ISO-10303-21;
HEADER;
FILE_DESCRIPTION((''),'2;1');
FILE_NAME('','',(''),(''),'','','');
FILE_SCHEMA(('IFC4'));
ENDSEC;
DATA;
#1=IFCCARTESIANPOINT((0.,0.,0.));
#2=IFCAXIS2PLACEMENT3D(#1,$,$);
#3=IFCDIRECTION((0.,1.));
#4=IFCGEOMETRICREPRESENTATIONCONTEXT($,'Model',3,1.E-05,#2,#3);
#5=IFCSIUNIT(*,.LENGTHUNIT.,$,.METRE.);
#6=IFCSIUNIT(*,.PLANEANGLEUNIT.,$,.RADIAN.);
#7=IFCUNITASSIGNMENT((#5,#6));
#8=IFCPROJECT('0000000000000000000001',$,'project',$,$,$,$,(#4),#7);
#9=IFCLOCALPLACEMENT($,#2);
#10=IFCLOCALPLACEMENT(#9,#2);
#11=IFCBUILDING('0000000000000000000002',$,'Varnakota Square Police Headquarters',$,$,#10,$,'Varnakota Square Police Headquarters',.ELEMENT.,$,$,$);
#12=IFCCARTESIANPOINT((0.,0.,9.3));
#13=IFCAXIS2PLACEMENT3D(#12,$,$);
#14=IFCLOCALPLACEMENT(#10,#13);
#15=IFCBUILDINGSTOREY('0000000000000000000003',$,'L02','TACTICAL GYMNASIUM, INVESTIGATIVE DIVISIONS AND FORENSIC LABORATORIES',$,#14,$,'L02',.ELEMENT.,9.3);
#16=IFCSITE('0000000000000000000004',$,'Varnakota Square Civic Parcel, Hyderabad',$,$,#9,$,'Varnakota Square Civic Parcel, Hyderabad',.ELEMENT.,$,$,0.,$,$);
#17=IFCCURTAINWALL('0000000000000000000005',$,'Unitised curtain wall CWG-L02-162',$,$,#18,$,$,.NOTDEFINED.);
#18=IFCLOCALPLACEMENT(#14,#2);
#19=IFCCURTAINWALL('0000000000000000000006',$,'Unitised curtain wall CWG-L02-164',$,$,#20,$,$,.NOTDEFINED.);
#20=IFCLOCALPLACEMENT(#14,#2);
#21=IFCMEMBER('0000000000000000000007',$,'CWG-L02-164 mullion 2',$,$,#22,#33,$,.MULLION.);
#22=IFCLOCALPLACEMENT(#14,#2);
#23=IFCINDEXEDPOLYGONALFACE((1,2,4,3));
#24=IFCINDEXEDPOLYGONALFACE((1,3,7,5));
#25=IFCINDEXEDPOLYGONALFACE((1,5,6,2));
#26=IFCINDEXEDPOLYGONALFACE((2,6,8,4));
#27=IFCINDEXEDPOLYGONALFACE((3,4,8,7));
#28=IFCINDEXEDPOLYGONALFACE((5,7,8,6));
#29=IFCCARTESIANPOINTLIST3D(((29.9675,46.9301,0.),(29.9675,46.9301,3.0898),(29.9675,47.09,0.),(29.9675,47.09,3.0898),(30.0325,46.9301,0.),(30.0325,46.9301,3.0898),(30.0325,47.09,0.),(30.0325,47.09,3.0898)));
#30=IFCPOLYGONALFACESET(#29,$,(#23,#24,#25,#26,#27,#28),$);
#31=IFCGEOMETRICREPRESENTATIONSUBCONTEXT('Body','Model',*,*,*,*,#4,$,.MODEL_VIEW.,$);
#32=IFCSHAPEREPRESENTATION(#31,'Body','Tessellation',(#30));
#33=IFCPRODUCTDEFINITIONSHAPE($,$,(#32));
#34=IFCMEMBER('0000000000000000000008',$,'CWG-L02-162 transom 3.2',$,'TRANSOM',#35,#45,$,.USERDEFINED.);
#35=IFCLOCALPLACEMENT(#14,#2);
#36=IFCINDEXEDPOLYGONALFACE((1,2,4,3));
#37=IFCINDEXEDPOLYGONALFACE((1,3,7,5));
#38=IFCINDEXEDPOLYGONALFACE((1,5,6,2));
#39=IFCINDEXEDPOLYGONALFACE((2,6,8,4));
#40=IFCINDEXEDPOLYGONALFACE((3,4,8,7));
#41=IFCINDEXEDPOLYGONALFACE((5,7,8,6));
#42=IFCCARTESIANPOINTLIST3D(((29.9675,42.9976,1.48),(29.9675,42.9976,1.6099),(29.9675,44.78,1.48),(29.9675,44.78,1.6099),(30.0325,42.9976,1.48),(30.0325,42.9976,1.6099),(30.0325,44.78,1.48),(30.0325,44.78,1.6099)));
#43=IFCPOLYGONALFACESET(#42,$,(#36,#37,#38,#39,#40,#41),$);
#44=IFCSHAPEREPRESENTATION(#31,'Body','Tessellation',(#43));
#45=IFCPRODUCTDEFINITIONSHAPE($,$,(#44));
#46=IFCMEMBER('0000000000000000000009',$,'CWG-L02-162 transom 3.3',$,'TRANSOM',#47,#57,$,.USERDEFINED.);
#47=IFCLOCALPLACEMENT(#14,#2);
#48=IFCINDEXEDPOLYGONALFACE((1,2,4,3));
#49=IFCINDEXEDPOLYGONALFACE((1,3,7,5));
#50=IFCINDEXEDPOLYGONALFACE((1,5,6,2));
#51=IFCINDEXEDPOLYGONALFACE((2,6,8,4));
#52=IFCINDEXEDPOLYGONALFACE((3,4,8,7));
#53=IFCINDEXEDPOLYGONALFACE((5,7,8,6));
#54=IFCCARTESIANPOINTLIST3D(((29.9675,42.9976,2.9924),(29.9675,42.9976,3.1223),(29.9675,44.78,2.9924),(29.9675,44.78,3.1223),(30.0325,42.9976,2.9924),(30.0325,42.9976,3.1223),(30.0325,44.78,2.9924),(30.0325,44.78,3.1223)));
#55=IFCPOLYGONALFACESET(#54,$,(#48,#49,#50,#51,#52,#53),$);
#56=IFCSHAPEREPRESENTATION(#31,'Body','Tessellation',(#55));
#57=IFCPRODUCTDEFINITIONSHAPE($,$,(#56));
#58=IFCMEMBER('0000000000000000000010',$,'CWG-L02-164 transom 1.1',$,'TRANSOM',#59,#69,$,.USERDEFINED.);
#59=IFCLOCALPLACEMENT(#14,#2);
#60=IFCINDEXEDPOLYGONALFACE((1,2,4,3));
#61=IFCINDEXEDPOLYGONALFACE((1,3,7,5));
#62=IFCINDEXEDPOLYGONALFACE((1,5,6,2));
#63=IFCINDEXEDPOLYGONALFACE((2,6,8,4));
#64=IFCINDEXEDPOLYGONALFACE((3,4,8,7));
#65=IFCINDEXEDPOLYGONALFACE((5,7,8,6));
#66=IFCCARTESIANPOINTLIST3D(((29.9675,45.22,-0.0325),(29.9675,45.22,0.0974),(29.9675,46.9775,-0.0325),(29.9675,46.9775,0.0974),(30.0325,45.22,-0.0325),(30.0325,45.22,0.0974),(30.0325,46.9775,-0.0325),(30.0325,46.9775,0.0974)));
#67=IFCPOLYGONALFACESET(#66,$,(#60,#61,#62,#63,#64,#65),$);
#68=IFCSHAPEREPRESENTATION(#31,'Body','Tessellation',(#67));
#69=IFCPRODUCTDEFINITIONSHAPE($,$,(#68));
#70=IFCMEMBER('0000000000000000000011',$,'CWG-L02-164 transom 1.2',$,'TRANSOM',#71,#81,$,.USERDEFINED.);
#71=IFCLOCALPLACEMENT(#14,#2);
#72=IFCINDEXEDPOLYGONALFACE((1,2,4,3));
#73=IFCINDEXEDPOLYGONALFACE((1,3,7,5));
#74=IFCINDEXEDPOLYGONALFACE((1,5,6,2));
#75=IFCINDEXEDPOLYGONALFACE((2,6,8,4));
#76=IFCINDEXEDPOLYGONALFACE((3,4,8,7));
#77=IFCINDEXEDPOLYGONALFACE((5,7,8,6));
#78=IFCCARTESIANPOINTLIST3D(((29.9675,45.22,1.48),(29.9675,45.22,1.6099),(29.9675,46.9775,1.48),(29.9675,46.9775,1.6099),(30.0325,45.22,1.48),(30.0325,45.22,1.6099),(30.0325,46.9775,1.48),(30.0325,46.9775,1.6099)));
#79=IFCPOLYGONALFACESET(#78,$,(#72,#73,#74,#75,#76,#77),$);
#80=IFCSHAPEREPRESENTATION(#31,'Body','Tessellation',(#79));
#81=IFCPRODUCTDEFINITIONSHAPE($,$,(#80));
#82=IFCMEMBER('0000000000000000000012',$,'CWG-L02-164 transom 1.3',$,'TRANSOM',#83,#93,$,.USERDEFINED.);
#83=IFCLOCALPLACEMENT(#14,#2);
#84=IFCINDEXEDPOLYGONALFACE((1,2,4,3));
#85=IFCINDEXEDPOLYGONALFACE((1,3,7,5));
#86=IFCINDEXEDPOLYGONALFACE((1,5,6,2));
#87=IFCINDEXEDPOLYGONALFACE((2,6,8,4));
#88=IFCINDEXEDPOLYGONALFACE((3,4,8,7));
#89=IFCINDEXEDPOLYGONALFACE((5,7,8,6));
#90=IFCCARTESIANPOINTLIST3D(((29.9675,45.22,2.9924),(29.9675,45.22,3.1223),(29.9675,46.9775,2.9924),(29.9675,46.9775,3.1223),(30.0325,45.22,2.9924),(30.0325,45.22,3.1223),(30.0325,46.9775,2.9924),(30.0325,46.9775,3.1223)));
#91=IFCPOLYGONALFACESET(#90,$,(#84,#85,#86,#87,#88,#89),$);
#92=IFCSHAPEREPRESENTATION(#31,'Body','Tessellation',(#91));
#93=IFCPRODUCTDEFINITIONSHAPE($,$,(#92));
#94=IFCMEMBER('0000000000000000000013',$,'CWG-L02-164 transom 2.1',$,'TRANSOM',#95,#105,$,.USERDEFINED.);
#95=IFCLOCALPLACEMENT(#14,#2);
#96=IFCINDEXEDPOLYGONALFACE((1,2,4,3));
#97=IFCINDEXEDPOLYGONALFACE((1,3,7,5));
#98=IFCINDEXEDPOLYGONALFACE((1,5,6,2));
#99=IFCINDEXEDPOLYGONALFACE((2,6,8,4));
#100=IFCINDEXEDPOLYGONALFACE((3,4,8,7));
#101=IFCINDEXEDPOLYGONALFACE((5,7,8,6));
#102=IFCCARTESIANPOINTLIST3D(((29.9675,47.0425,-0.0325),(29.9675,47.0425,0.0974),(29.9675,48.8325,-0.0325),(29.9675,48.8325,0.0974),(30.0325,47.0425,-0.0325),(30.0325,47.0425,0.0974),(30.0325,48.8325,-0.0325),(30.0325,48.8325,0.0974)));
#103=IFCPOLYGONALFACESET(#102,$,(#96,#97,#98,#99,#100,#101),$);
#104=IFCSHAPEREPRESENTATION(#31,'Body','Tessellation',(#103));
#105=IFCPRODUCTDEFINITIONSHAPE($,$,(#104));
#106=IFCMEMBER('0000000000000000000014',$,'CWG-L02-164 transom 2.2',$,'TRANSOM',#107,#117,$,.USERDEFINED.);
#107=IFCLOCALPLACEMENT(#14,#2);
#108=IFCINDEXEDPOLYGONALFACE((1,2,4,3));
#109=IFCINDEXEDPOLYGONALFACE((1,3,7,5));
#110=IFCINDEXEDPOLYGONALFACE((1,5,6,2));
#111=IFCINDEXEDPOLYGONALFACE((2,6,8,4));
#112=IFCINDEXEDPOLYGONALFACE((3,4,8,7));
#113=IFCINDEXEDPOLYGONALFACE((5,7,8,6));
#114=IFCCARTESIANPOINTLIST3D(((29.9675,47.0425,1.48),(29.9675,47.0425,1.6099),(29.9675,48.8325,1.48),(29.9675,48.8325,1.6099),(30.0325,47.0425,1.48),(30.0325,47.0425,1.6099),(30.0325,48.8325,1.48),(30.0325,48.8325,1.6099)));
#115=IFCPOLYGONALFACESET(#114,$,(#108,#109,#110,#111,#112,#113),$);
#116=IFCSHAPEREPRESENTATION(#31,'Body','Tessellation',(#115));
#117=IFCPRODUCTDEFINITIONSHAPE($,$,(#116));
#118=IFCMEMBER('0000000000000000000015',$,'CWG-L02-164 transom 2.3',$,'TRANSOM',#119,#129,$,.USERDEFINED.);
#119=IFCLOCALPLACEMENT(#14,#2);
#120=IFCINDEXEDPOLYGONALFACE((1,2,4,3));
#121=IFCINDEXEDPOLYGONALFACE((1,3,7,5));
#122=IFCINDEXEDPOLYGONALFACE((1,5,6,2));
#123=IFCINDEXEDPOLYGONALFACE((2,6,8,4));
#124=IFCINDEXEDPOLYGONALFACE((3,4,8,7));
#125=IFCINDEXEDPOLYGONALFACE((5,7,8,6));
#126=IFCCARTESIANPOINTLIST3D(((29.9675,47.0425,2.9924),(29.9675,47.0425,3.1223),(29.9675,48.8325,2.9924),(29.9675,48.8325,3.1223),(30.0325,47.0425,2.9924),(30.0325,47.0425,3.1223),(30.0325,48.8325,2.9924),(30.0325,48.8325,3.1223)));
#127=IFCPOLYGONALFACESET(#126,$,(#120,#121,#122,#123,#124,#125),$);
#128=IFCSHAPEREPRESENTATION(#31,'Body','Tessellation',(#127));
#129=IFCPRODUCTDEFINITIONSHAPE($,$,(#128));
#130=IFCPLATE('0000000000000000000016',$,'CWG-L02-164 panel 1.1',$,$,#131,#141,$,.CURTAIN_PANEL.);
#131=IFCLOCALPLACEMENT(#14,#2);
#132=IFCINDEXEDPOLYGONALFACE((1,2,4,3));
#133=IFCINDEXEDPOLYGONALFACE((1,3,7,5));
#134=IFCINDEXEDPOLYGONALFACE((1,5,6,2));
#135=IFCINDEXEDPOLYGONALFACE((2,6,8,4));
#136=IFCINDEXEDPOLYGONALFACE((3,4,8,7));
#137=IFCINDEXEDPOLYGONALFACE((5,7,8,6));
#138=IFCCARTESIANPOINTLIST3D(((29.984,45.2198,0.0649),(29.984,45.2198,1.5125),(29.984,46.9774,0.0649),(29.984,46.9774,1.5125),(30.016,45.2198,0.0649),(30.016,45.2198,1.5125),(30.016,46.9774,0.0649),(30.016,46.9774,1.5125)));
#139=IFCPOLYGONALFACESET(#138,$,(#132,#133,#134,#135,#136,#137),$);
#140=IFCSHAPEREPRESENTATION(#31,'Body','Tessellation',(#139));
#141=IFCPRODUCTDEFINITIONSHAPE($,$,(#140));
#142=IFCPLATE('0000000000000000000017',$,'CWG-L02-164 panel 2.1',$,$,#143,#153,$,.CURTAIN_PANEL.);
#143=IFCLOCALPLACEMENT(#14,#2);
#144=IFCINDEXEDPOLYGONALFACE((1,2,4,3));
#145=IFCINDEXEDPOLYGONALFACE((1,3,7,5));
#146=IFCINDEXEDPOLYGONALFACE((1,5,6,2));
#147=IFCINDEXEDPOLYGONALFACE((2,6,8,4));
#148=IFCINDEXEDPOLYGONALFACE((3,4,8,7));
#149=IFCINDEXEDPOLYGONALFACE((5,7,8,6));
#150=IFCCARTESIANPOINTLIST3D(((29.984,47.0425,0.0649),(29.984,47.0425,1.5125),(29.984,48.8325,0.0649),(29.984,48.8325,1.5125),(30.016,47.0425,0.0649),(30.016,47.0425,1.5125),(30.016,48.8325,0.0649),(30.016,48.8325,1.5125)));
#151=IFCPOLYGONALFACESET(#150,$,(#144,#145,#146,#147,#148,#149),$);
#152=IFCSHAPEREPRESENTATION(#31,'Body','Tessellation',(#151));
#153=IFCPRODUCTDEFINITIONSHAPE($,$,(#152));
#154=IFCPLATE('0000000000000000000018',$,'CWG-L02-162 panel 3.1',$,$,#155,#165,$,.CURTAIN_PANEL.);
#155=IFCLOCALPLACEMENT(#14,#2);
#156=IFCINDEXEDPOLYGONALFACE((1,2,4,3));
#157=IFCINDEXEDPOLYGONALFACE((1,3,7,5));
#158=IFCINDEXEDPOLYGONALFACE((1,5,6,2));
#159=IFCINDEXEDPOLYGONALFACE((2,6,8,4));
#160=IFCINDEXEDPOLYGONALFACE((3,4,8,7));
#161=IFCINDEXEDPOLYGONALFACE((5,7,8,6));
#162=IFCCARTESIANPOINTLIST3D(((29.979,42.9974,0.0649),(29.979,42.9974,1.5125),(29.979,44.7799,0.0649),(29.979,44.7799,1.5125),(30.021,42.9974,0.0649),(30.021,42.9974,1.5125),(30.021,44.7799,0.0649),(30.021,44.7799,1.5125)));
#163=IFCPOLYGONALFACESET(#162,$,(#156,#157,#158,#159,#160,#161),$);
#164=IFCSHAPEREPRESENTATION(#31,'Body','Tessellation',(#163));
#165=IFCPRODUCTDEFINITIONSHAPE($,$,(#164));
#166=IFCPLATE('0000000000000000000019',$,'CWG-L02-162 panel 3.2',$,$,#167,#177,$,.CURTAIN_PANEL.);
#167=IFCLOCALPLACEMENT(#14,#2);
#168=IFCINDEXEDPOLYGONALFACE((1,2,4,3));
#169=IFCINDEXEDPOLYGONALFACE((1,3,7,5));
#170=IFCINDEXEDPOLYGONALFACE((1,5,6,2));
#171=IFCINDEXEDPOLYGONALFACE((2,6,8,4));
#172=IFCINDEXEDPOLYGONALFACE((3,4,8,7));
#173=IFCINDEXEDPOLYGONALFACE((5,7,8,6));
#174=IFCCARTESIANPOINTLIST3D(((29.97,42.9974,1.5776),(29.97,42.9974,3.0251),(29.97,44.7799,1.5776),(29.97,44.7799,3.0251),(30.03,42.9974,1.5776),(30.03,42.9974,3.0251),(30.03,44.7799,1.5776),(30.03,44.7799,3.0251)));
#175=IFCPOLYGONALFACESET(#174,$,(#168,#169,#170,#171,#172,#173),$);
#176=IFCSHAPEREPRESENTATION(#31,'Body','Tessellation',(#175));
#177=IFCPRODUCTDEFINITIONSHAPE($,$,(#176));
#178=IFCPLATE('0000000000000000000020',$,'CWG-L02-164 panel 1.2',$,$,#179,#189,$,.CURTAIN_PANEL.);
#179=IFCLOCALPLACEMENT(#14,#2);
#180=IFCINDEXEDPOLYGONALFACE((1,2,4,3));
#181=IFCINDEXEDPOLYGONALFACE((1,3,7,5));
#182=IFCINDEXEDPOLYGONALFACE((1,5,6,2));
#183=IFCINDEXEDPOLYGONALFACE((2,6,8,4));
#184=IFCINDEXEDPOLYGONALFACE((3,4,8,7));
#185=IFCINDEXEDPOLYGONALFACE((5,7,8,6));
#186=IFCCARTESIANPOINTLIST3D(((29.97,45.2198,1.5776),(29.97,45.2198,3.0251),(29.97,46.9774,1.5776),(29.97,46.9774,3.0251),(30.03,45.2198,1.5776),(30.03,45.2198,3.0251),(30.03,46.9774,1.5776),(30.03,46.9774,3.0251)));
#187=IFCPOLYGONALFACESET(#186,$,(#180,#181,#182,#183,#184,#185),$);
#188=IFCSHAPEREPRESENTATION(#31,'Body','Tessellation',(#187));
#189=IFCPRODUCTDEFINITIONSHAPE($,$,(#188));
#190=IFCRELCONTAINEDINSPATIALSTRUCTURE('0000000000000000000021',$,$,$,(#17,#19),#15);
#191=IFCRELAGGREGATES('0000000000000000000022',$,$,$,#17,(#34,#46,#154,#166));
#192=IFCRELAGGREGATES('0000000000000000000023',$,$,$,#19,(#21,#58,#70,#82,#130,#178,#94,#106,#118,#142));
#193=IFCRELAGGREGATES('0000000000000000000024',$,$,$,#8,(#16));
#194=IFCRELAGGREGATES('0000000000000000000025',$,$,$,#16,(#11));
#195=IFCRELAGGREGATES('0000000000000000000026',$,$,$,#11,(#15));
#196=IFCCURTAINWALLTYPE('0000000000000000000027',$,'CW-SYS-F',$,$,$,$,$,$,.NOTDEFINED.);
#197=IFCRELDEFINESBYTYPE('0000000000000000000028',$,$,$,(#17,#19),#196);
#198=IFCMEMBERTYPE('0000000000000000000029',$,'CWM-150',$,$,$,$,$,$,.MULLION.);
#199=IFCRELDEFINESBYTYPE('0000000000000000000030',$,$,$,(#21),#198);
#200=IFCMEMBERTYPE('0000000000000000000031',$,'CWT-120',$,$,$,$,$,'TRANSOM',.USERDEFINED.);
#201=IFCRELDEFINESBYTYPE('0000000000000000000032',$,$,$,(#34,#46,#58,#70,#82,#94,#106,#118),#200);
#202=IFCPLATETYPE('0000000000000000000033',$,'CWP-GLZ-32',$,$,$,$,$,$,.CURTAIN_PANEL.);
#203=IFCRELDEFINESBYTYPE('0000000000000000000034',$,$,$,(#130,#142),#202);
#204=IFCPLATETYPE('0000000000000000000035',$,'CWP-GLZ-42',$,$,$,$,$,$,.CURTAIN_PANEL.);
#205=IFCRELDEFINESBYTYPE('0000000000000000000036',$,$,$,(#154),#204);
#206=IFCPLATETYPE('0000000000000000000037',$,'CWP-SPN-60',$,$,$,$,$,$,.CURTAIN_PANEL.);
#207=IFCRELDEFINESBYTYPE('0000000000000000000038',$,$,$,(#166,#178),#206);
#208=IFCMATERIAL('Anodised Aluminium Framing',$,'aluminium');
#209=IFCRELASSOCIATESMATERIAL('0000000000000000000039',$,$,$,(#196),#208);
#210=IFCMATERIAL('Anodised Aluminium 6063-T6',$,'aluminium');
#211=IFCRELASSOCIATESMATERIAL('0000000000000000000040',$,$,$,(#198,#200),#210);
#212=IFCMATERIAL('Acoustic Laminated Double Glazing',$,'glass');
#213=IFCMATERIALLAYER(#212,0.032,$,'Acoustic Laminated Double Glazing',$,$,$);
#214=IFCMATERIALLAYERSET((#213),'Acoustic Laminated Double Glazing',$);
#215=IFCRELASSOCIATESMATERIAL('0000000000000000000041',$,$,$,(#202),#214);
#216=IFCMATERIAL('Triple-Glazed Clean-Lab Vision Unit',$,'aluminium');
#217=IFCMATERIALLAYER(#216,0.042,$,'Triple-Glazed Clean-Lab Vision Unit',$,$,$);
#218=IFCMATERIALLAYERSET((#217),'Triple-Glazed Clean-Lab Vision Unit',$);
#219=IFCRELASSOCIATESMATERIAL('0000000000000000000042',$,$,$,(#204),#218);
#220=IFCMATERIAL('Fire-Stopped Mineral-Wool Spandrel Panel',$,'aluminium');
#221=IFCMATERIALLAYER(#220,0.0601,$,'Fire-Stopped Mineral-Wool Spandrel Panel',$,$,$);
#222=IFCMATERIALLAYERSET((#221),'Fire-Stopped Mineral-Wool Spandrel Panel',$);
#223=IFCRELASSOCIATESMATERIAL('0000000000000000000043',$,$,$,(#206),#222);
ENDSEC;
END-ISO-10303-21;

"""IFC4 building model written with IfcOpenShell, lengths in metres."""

from ifc_helpers import new_model, si_unit, direction, frame, origin, origin_2d, place, context, subcontext, project, spatial, rectangle, extrude, material, layer, layer_set, material_profile, profile_set, type_object, element, aggregate, save


model = new_model("IFC4")

# Units and contexts
model_context = context("Model", 3, precision=1e-05, world=origin(), true_north=direction((0.0, 1.0)))
body_context = subcontext(model_context, "Body", "Model", "MODEL_VIEW")
ifc_project = project(units=[si_unit("LENGTHUNIT", "METRE"), si_unit("PLANEANGLEUNIT", "RADIAN")], contexts=[model_context])

# Site, building, storey
site_placement = place(None, origin())
site = spatial("IfcSite", under=ifc_project, at=site_placement, Name="Varnakota Square Civic Parcel, Hyderabad", LongName="Varnakota Square Civic Parcel, Hyderabad", CompositionType="ELEMENT", RefElevation=0.0)
building_placement = place(site_placement, origin())
building = spatial("IfcBuilding", under=site, at=building_placement, Name="Varnakota Square Police Headquarters", LongName="Varnakota Square Police Headquarters", CompositionType="ELEMENT")
storey_placement = place(building_placement, frame((0.0, 0.0, 9.3)))
storey = spatial("IfcBuildingStorey", under=building, at=storey_placement, Name="L02", Description="TACTICAL GYMNASIUM, INVESTIGATIVE DIVISIONS AND FORENSIC LABORATORIES", LongName="L02", CompositionType="ELEMENT", Elevation=9.3)

# Curtain wall
ifc_material_1 = material(Name="Anodised Aluminium Framing", Category="aluminium")
curtain_wall_type = type_object("IfcCurtainWallType", Name="CW-SYS-F", PredefinedType="NOTDEFINED", material=ifc_material_1)
curtain_wall_1_placement = place(storey_placement, origin())
curtain_wall_1 = element("IfcCurtainWall", 1, at=curtain_wall_1_placement, inside=storey, type_object=curtain_wall_type, Name="Unitised curtain wall CWG-L02-162", PredefinedType="NOTDEFINED")
ifc_material_2 = material(Name="Anodised Aluminium 6063-T6", Category="aluminium")
ifc_material_profile_1 = material_profile(ifc_material_2, rectangle(XDim=0.0649, YDim=0.1599, at=origin_2d()), Name="ALU MULLION 65x160")
ifc_profile_set_1 = profile_set([ifc_material_profile_1], Name="Anodised Aluminium 6063-T6")
member_type_1 = type_object("IfcMemberType", Name="CWM-150", PredefinedType="MULLION", material=ifc_profile_set_1)

# Curtain wall, member
curtain_wall_2_placement = place(storey_placement, origin())
curtain_wall_2 = element("IfcCurtainWall", 2, at=curtain_wall_2_placement, inside=storey, type_object=curtain_wall_type, Name="Unitised curtain wall CWG-L02-164", PredefinedType="NOTDEFINED")
member_1_placement = place(storey_placement, frame((30.0, 47.01, 0.0), z_axis=(0.0, 0.0, 1.0), x_axis=(-1.0, 0.0, 0.0)))
member_1 = element("IfcMember", 3, at=member_1_placement, type_object=member_type_1, Name="CWG-L02-164 mullion 2", PredefinedType="MULLION", context=body_context, shape_type="SweptSolid", body=[
    extrude(rectangle(XDim=0.0649, YDim=0.1599, at=origin_2d()), origin(), (0.0, 0.0, 1.0), 3.0898),
])

# Members
ifc_material_profile_2 = material_profile(ifc_material_2, rectangle(XDim=0.0649, YDim=0.1299, at=origin_2d()), Name="ALU TRANSOM 65x130")
ifc_profile_set_2 = profile_set([ifc_material_profile_2], Name="Anodised Aluminium 6063-T6")
member_type_2 = type_object("IfcMemberType", Name="CWT-120", ElementType="TRANSOM", PredefinedType="USERDEFINED", material=ifc_profile_set_2)
member_2_placement = place(storey_placement, frame((30.0, 42.9976, 1.5449), z_axis=(0.0, 1.0, 0.0), x_axis=(-1.0, 0.0, 0.0)))
member_2 = element("IfcMember", 4, at=member_2_placement, type_object=member_type_2, Name="CWG-L02-162 transom 3.2", ObjectType="TRANSOM", PredefinedType="USERDEFINED", context=body_context, shape_type="SweptSolid", body=[
    extrude(rectangle(XDim=0.0649, YDim=0.1299, at=origin_2d()), origin(), (0.0, 0.0, 1.0), 1.7825),
])
member_3_placement = place(storey_placement, frame((30.0, 42.9976, 3.0574), z_axis=(0.0, 1.0, 0.0), x_axis=(-1.0, 0.0, 0.0)))
member_3 = element("IfcMember", 5, at=member_3_placement, type_object=member_type_2, Name="CWG-L02-162 transom 3.3", ObjectType="TRANSOM", PredefinedType="USERDEFINED", context=body_context, shape_type="SweptSolid", body=[
    extrude(rectangle(XDim=0.0649, YDim=0.1299, at=origin_2d()), origin(), (0.0, 0.0, 1.0), 1.7825),
])
member_4_placement = place(storey_placement, frame((30.0, 45.22, 0.0325), z_axis=(0.0, 1.0, 0.0), x_axis=(-1.0, 0.0, 0.0)))
member_4 = element("IfcMember", 6, at=member_4_placement, type_object=member_type_2, Name="CWG-L02-164 transom 1.1", ObjectType="TRANSOM", PredefinedType="USERDEFINED", context=body_context, shape_type="SweptSolid", body=[
    extrude(rectangle(XDim=0.0649, YDim=0.1299, at=origin_2d()), origin(), (0.0, 0.0, 1.0), 1.7576),
])
member_5_placement = place(storey_placement, frame((30.0, 45.22, 1.5449), z_axis=(0.0, 1.0, 0.0), x_axis=(-1.0, 0.0, 0.0)))
member_5 = element("IfcMember", 7, at=member_5_placement, type_object=member_type_2, Name="CWG-L02-164 transom 1.2", ObjectType="TRANSOM", PredefinedType="USERDEFINED", context=body_context, shape_type="SweptSolid", body=[
    extrude(rectangle(XDim=0.0649, YDim=0.1299, at=origin_2d()), origin(), (0.0, 0.0, 1.0), 1.7576),
])
member_6_placement = place(storey_placement, frame((30.0, 45.22, 3.0574), z_axis=(0.0, 1.0, 0.0), x_axis=(-1.0, 0.0, 0.0)))
member_6 = element("IfcMember", 8, at=member_6_placement, type_object=member_type_2, Name="CWG-L02-164 transom 1.3", ObjectType="TRANSOM", PredefinedType="USERDEFINED", context=body_context, shape_type="SweptSolid", body=[
    extrude(rectangle(XDim=0.0649, YDim=0.1299, at=origin_2d()), origin(), (0.0, 0.0, 1.0), 1.7576),
])
member_7_placement = place(storey_placement, frame((30.0, 47.0425, 0.0325), z_axis=(0.0, 1.0, 0.0), x_axis=(-1.0, 0.0, 0.0)))
member_7 = element("IfcMember", 9, at=member_7_placement, type_object=member_type_2, Name="CWG-L02-164 transom 2.1", ObjectType="TRANSOM", PredefinedType="USERDEFINED", context=body_context, shape_type="SweptSolid", body=[
    extrude(rectangle(XDim=0.0649, YDim=0.1299, at=origin_2d()), origin(), (0.0, 0.0, 1.0), 1.79),
])
member_8_placement = place(storey_placement, frame((30.0, 47.0425, 1.5449), z_axis=(0.0, 1.0, 0.0), x_axis=(-1.0, 0.0, 0.0)))
member_8 = element("IfcMember", 10, at=member_8_placement, type_object=member_type_2, Name="CWG-L02-164 transom 2.2", ObjectType="TRANSOM", PredefinedType="USERDEFINED", context=body_context, shape_type="SweptSolid", body=[
    extrude(rectangle(XDim=0.0649, YDim=0.1299, at=origin_2d()), origin(), (0.0, 0.0, 1.0), 1.79),
])
member_9_placement = place(storey_placement, frame((30.0, 47.0425, 3.0574), z_axis=(0.0, 1.0, 0.0), x_axis=(-1.0, 0.0, 0.0)))
member_9 = element("IfcMember", 11, at=member_9_placement, type_object=member_type_2, Name="CWG-L02-164 transom 2.3", ObjectType="TRANSOM", PredefinedType="USERDEFINED", context=body_context, shape_type="SweptSolid", body=[
    extrude(rectangle(XDim=0.0649, YDim=0.1299, at=origin_2d()), origin(), (0.0, 0.0, 1.0), 1.79),
])

# Plates
ifc_material_3 = material(Name="Acoustic Laminated Double Glazing", Category="glass")
ifc_layer_1 = layer(ifc_material_3, 0.032, Name="Acoustic Laminated Double Glazing")
ifc_layer_set_1 = layer_set([ifc_layer_1], Name="Acoustic Laminated Double Glazing")
plate_type_1 = type_object("IfcPlateType", Name="CWP-GLZ-32", PredefinedType="CURTAIN_PANEL", material=ifc_layer_set_1)
plate_1_placement = place(storey_placement, frame((30.0, 46.0986, 0.0649), z_axis=(0.0, 0.0, 1.0), x_axis=(0.0, 1.0, 0.0)))
plate_1 = element("IfcPlate", 12, at=plate_1_placement, type_object=plate_type_1, Name="CWG-L02-164 panel 1.1", PredefinedType="CURTAIN_PANEL", context=body_context, shape_type="SweptSolid", body=[
    extrude(rectangle(XDim=1.7576, YDim=0.032, at=origin_2d()), origin(), (0.0, 0.0, 1.0), 1.4475),
])
plate_2_placement = place(storey_placement, frame((30.0, 47.9375, 0.0649), z_axis=(0.0, 0.0, 1.0), x_axis=(0.0, 1.0, 0.0)))
plate_2 = element("IfcPlate", 13, at=plate_2_placement, type_object=plate_type_1, Name="CWG-L02-164 panel 2.1", PredefinedType="CURTAIN_PANEL", context=body_context, shape_type="SweptSolid", body=[
    extrude(rectangle(XDim=1.79, YDim=0.032, at=origin_2d()), origin(), (0.0, 0.0, 1.0), 1.4475),
])
ifc_material_4 = material(Name="Triple-Glazed Clean-Lab Vision Unit", Category="aluminium")
ifc_layer_2 = layer(ifc_material_4, 0.042, Name="Triple-Glazed Clean-Lab Vision Unit")
ifc_layer_set_2 = layer_set([ifc_layer_2], Name="Triple-Glazed Clean-Lab Vision Unit")
plate_type_2 = type_object("IfcPlateType", Name="CWP-GLZ-42", PredefinedType="CURTAIN_PANEL", material=ifc_layer_set_2)
plate_3_placement = place(storey_placement, frame((30.0, 43.8887, 0.0649), z_axis=(0.0, 0.0, 1.0), x_axis=(0.0, 1.0, 0.0)))
plate_3 = element("IfcPlate", 14, at=plate_3_placement, type_object=plate_type_2, Name="CWG-L02-162 panel 3.1", PredefinedType="CURTAIN_PANEL", context=body_context, shape_type="SweptSolid", body=[
    extrude(rectangle(XDim=1.7825, YDim=0.042, at=origin_2d()), origin(), (0.0, 0.0, 1.0), 1.4475),
])
ifc_material_5 = material(Name="Fire-Stopped Mineral-Wool Spandrel Panel", Category="aluminium")
ifc_layer_3 = layer(ifc_material_5, 0.0601, Name="Fire-Stopped Mineral-Wool Spandrel Panel")
ifc_layer_set_3 = layer_set([ifc_layer_3], Name="Fire-Stopped Mineral-Wool Spandrel Panel")
plate_type_3 = type_object("IfcPlateType", Name="CWP-SPN-60", PredefinedType="CURTAIN_PANEL", material=ifc_layer_set_3)
plate_4_placement = place(storey_placement, frame((30.0, 43.8887, 1.5776), z_axis=(0.0, 0.0, 1.0), x_axis=(0.0, 1.0, 0.0)))
plate_4 = element("IfcPlate", 15, at=plate_4_placement, type_object=plate_type_3, Name="CWG-L02-162 panel 3.2", PredefinedType="CURTAIN_PANEL", context=body_context, shape_type="SweptSolid", body=[
    extrude(rectangle(XDim=1.7825, YDim=0.0601, at=origin_2d()), origin(), (0.0, 0.0, 1.0), 1.4475),
])
aggregate(curtain_wall_1, [member_2, member_3, plate_3, plate_4])
plate_5_placement = place(storey_placement, frame((30.0, 46.0986, 1.5776), z_axis=(0.0, 0.0, 1.0), x_axis=(0.0, 1.0, 0.0)))
plate_5 = element("IfcPlate", 16, at=plate_5_placement, type_object=plate_type_3, Name="CWG-L02-164 panel 1.2", PredefinedType="CURTAIN_PANEL", context=body_context, shape_type="SweptSolid", body=[
    extrude(rectangle(XDim=1.7576, YDim=0.0601, at=origin_2d()), origin(), (0.0, 0.0, 1.0), 1.4475),
])
aggregate(curtain_wall_2, [member_1, member_4, member_5, member_6, plate_1, plate_5, member_7, member_8, member_9, plate_2])

save(model, "model.ifc")
